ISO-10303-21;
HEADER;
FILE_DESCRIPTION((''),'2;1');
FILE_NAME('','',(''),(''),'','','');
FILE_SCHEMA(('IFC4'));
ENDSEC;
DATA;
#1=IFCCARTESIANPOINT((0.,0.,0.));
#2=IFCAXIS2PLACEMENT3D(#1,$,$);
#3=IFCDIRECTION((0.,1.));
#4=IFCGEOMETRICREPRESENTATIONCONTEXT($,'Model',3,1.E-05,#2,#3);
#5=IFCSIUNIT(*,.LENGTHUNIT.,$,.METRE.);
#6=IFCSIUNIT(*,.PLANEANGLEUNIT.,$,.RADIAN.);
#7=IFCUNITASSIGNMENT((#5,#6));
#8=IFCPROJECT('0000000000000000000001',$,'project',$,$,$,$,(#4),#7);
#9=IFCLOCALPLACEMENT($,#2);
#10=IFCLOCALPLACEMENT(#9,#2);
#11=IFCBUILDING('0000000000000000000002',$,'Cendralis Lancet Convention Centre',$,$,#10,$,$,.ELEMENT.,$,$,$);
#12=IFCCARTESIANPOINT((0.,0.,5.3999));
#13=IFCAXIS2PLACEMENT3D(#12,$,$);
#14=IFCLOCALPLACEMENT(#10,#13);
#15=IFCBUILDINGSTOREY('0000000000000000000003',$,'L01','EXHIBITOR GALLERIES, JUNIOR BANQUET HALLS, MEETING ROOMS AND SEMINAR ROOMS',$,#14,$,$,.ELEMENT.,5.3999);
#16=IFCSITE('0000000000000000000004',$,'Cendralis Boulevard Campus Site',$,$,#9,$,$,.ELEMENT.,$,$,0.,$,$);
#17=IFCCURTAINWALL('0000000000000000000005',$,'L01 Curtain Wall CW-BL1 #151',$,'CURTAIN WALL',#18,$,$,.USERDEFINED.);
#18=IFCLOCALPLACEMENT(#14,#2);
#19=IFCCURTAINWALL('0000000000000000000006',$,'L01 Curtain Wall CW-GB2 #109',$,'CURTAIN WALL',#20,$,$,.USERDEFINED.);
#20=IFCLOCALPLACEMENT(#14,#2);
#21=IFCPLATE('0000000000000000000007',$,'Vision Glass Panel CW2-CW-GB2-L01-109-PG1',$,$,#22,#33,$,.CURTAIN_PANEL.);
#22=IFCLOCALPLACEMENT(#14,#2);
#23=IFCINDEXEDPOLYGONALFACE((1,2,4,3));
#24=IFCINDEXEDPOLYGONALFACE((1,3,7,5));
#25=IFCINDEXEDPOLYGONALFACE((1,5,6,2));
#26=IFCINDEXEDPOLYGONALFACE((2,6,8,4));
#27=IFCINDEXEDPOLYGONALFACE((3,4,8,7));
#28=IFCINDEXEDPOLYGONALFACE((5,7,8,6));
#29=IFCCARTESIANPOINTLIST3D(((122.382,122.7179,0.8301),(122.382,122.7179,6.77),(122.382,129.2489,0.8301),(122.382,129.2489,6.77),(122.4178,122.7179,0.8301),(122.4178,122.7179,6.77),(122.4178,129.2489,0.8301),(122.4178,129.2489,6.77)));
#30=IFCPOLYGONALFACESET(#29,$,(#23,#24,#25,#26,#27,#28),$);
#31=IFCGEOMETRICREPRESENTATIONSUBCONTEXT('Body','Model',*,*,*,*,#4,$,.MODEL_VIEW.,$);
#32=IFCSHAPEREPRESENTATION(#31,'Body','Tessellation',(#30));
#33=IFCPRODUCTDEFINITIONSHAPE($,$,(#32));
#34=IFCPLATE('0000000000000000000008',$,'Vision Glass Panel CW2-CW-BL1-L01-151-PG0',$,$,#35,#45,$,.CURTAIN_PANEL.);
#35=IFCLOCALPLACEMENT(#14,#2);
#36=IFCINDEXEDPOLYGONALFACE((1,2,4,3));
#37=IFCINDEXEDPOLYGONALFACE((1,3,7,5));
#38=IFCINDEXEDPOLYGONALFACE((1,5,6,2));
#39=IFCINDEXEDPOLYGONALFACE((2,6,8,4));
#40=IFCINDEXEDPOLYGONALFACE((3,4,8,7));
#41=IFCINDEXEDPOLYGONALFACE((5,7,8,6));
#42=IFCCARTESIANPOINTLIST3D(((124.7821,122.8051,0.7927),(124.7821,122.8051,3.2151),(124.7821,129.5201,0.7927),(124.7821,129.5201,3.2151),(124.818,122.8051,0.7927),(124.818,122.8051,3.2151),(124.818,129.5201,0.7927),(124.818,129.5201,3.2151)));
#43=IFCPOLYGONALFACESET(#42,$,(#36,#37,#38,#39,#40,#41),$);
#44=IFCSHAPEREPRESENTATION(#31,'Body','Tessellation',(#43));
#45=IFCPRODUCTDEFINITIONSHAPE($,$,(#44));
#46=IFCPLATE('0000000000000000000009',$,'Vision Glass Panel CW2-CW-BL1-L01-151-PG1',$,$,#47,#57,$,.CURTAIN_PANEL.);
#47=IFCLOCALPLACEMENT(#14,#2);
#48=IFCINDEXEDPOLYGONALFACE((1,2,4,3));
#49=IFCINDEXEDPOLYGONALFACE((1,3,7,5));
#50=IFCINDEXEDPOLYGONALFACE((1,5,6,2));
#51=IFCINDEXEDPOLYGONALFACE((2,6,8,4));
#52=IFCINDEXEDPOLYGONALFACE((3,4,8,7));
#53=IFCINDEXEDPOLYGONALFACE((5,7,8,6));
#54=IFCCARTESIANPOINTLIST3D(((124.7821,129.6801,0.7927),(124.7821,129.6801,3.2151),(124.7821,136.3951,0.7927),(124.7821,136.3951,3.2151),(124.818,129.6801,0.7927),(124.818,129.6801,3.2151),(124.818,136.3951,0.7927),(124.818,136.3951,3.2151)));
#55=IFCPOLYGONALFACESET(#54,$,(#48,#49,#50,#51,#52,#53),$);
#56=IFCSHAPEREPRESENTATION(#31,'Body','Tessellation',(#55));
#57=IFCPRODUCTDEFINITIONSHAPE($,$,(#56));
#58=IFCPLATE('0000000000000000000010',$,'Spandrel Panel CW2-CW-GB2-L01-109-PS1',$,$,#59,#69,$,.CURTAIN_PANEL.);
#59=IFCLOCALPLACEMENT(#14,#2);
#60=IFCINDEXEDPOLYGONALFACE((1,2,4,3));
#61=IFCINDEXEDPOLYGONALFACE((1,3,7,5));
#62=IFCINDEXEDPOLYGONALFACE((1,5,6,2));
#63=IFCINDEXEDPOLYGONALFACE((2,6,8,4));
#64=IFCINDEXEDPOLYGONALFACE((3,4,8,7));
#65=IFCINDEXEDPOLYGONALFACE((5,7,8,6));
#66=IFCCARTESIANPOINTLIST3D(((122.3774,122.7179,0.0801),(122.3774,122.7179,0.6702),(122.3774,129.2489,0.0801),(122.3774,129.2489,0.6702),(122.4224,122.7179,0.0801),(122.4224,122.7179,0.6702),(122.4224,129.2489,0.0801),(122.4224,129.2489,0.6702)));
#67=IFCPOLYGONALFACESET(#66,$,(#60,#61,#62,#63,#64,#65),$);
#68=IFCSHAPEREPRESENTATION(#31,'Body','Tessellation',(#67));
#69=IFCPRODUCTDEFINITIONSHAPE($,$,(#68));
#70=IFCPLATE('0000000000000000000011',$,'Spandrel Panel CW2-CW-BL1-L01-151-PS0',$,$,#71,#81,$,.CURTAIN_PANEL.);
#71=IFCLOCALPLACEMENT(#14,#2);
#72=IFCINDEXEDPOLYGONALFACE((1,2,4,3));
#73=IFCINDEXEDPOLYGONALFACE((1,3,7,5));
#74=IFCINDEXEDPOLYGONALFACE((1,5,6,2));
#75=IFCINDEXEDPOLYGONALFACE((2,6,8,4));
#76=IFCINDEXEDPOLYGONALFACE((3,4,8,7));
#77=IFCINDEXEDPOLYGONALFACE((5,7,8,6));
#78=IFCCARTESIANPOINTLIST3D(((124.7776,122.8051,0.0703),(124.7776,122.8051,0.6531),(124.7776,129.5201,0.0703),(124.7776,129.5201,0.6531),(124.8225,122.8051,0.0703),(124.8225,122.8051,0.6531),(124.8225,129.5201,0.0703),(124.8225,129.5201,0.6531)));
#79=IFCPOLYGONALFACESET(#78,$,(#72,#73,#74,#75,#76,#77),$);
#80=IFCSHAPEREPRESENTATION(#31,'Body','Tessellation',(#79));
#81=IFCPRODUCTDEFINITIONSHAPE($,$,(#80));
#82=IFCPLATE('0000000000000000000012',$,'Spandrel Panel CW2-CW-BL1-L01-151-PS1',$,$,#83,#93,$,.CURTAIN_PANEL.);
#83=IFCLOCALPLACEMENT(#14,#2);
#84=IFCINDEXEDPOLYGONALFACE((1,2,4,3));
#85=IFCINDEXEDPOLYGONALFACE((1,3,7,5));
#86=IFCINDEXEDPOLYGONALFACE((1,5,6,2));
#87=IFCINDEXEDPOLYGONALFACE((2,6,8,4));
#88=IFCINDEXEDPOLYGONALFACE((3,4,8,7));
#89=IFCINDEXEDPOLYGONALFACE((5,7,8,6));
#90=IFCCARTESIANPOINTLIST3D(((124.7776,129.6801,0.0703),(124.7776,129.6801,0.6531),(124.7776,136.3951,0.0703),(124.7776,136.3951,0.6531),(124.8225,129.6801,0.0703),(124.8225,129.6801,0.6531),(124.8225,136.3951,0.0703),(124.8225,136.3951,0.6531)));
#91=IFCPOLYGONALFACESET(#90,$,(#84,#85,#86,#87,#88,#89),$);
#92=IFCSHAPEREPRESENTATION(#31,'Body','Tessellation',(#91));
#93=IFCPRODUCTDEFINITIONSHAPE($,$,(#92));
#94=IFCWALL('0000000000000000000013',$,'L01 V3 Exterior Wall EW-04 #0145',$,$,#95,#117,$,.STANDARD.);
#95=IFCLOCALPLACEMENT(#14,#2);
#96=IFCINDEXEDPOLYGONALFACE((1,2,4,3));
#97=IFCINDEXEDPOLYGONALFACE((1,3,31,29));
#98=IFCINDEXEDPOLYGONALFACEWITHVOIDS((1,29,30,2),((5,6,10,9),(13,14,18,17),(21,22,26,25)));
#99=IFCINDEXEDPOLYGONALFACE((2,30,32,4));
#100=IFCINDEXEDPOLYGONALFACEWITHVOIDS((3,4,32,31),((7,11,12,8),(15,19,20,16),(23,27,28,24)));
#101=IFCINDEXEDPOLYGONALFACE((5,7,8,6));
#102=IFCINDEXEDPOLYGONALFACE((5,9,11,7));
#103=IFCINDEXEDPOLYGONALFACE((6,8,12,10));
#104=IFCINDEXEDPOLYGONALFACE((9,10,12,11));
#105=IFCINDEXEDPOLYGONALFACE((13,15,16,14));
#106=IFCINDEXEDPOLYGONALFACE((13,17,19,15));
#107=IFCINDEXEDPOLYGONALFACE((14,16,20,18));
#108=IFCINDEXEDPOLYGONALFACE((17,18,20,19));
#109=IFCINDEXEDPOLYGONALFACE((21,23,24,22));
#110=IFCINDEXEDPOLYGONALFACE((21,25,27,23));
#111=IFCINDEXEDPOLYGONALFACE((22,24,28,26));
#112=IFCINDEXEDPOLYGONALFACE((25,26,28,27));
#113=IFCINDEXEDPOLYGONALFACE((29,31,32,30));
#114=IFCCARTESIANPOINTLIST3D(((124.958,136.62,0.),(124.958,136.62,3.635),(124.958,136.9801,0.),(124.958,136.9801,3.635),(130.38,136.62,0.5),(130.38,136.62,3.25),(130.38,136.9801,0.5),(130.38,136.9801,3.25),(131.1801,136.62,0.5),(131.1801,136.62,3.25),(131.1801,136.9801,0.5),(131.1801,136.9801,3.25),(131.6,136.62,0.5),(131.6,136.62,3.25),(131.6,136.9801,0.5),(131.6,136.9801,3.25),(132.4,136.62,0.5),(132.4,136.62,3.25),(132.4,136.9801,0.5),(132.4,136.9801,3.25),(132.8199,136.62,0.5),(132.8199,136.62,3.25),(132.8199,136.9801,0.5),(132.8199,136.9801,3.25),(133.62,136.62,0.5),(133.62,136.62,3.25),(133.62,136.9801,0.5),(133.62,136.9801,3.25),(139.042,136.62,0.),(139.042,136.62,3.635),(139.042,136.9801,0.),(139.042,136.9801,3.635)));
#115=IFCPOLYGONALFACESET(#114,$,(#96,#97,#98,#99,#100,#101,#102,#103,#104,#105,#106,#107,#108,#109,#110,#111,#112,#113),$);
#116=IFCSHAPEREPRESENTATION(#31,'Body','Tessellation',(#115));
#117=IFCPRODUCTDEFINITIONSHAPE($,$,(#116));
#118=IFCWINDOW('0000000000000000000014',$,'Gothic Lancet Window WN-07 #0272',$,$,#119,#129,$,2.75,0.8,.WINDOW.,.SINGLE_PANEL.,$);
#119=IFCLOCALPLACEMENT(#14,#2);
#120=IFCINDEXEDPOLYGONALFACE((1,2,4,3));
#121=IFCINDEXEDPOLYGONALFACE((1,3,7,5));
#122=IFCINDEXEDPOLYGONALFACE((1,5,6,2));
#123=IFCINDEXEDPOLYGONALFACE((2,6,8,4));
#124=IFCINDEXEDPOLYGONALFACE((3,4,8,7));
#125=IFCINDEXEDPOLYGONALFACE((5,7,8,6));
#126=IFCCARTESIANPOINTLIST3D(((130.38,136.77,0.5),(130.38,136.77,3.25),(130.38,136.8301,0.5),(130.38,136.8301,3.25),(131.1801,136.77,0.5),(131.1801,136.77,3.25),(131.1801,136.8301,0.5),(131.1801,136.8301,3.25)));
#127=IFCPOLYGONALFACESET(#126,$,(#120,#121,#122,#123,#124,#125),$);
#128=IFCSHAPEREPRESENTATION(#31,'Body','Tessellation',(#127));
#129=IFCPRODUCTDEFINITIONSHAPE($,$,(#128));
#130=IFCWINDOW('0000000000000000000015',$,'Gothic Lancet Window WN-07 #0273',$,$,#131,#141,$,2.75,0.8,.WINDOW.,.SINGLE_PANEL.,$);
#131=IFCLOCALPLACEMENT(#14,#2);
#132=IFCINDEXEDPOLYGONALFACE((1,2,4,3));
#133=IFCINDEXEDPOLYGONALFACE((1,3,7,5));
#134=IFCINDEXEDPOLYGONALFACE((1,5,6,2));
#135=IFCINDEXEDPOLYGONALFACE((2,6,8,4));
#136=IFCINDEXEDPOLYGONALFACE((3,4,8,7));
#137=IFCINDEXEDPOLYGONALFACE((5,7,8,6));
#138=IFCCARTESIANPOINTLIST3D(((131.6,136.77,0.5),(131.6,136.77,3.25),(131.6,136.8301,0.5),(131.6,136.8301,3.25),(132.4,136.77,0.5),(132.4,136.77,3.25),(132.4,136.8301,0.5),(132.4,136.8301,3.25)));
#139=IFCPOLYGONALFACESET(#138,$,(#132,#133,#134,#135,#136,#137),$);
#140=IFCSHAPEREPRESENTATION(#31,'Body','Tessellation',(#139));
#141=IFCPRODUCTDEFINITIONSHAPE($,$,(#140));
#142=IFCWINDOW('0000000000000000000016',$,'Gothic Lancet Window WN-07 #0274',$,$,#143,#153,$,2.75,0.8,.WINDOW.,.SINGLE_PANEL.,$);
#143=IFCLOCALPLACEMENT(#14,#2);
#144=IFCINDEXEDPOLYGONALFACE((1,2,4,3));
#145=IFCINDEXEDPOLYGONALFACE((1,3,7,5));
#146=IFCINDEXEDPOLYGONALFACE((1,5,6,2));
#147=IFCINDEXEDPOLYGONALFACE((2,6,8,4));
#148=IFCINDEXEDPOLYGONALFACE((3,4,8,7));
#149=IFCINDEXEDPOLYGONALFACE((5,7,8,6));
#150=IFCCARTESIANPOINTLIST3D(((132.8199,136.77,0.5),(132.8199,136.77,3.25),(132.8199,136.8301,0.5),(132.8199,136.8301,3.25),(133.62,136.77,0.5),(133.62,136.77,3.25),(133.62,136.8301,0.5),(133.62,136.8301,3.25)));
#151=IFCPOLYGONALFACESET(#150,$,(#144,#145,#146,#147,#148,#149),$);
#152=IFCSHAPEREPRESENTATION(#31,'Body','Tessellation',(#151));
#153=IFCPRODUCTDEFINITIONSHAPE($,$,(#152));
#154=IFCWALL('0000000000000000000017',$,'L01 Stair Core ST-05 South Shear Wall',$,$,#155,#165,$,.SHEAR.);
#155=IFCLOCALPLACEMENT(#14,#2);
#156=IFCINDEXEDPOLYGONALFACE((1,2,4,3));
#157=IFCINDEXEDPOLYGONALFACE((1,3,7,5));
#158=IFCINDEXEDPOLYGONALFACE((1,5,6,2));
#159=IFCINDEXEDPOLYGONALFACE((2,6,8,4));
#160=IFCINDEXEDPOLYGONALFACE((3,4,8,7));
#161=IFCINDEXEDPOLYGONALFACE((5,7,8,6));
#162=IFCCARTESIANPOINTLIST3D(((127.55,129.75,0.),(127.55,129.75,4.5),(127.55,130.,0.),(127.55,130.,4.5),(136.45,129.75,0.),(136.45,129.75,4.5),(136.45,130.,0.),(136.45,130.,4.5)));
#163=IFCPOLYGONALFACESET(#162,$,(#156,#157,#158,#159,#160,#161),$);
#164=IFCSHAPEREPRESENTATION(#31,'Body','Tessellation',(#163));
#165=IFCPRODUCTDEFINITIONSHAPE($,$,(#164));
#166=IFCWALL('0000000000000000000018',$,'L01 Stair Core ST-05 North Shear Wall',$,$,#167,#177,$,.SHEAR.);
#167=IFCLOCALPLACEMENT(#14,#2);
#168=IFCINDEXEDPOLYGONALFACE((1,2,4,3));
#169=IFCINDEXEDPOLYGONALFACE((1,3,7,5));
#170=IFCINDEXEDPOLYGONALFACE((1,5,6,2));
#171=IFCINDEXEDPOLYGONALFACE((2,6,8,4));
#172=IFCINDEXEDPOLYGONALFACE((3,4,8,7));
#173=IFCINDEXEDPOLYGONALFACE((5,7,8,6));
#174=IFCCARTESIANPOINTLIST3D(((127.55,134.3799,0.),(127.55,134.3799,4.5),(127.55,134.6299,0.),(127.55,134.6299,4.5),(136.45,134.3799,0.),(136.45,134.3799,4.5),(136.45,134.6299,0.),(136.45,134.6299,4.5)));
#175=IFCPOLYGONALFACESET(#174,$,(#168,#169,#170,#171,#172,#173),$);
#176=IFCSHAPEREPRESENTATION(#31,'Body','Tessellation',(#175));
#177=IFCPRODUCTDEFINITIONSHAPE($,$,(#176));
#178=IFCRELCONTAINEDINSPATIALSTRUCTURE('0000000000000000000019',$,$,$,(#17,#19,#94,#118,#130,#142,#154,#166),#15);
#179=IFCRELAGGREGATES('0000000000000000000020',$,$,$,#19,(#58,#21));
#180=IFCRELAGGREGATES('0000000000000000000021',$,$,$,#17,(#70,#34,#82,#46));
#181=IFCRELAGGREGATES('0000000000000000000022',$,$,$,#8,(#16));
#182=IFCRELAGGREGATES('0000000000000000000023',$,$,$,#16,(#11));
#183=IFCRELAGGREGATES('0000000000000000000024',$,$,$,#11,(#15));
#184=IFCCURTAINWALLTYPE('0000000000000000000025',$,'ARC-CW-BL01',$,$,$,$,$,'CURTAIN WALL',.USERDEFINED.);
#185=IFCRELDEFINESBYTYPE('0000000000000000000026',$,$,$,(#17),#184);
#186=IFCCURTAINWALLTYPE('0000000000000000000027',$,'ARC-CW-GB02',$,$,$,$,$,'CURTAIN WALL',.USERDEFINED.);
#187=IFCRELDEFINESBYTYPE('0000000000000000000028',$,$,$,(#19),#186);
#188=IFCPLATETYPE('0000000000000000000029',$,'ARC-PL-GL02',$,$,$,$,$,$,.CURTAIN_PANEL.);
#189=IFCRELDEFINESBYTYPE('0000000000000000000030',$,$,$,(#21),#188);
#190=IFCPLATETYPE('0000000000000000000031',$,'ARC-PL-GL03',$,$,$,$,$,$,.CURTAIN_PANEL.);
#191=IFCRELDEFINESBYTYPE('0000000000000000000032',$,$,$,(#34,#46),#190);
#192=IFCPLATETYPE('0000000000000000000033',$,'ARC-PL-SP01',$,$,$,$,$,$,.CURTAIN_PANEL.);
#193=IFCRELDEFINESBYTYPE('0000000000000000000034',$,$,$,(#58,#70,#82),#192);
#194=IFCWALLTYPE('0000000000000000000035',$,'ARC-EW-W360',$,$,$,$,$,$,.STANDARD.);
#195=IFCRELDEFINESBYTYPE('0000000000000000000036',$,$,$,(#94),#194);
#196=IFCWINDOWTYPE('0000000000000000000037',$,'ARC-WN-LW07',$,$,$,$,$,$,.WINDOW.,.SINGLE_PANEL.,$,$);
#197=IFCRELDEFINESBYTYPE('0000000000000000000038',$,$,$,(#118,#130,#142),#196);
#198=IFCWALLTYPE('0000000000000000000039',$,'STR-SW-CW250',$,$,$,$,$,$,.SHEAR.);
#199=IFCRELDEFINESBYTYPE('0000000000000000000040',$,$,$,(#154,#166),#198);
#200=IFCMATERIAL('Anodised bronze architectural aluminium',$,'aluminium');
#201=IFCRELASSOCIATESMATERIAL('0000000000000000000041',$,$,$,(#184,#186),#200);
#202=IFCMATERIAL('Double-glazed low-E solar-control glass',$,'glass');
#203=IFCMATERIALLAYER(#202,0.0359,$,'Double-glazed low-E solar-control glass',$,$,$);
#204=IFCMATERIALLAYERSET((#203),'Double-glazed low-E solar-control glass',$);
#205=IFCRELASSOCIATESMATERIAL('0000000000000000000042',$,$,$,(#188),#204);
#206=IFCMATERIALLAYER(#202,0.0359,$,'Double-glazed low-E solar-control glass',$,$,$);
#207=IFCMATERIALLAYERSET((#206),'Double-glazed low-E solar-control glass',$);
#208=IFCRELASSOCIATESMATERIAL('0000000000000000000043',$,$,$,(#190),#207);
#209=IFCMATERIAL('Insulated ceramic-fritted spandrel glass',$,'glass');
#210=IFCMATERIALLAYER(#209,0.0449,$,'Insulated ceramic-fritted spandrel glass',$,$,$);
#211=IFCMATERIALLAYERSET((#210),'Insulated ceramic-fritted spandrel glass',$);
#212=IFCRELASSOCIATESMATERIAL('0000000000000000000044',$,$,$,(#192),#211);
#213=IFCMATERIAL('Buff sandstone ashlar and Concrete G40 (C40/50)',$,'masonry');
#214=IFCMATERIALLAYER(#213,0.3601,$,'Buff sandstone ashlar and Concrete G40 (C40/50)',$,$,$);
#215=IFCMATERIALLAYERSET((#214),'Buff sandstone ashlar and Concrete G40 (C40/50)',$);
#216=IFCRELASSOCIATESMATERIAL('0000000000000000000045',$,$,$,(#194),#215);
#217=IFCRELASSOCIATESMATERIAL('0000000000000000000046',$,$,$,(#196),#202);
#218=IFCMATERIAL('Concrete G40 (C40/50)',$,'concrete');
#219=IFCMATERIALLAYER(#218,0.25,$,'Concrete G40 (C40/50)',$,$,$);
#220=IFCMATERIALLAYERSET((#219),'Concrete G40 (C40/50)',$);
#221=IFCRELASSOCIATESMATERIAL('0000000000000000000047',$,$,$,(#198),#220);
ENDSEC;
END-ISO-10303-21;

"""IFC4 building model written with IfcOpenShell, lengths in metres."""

from ifc_helpers import new_model, si_unit, direction, frame, frame_2d, origin, origin_2d, place, context, subcontext, project, spatial, rectangle, extrude, material, layer, layer_set, type_object, element, fill, aggregate, save


model = new_model("IFC4")

# Units and contexts
model_context = context("Model", 3, precision=1e-05, world=origin(), true_north=direction((0.0, 1.0)))
body_context = subcontext(model_context, "Body", "Model", "MODEL_VIEW")
ifc_project = project(units=[si_unit("LENGTHUNIT", "METRE"), si_unit("PLANEANGLEUNIT", "RADIAN")], contexts=[model_context])

# Site, building, storey
site_placement = place(None, origin())
site = spatial("IfcSite", under=ifc_project, at=site_placement, Name="Cendralis Boulevard Campus Site", CompositionType="ELEMENT", RefElevation=0.0)
building_placement = place(site_placement, origin())
building = spatial("IfcBuilding", under=site, at=building_placement, Name="Cendralis Lancet Convention Centre", CompositionType="ELEMENT")
storey_placement = place(building_placement, frame((0.0, 0.0, 5.3999)))
storey = spatial("IfcBuildingStorey", under=building, at=storey_placement, Name="L01", Description="EXHIBITOR GALLERIES, JUNIOR BANQUET HALLS, MEETING ROOMS AND SEMINAR ROOMS", CompositionType="ELEMENT", Elevation=5.3999)

# Curtain wall
ifc_material_1 = material(Name="Anodised bronze architectural aluminium", Category="aluminium")
curtain_wall_type_1 = type_object("IfcCurtainWallType", Name="ARC-CW-BL01", ElementType="CURTAIN WALL", PredefinedType="USERDEFINED", material=ifc_material_1)
curtain_wall_1_placement = place(storey_placement, origin())
curtain_wall_1 = element("IfcCurtainWall", 1, at=curtain_wall_1_placement, inside=storey, type_object=curtain_wall_type_1, Name="L01 Curtain Wall CW-BL1 #151", ObjectType="CURTAIN WALL", PredefinedType="USERDEFINED")

# Shared definitions
ifc_material_2 = material(Name="Concrete G40 (C40/50)", Category="concrete")

# Curtain wall, plate
curtain_wall_type_2 = type_object("IfcCurtainWallType", Name="ARC-CW-GB02", ElementType="CURTAIN WALL", PredefinedType="USERDEFINED", material=ifc_material_1)
curtain_wall_2_placement = place(storey_placement, origin())
curtain_wall_2 = element("IfcCurtainWall", 2, at=curtain_wall_2_placement, inside=storey, type_object=curtain_wall_type_2, Name="L01 Curtain Wall CW-GB2 #109", ObjectType="CURTAIN WALL", PredefinedType="USERDEFINED")
ifc_material_3 = material(Name="Double-glazed low-E solar-control glass", Category="glass")
ifc_layer_1 = layer(ifc_material_3, 0.0359, Name="Double-glazed low-E solar-control glass")
ifc_layer_set_1 = layer_set([ifc_layer_1], Name="Double-glazed low-E solar-control glass")
plate_type_1 = type_object("IfcPlateType", Name="ARC-PL-GL02", PredefinedType="CURTAIN_PANEL", material=ifc_layer_set_1)
plate_1_placement = place(storey_placement, frame((122.3999, 125.9834, 0.8301), z_axis=(0.0, 0.0, 1.0), x_axis=(0.0, -1.0, 0.0)))
plate_1 = element("IfcPlate", 3, at=plate_1_placement, type_object=plate_type_1, Name="Vision Glass Panel CW2-CW-GB2-L01-109-PG1", PredefinedType="CURTAIN_PANEL", context=body_context, shape_type="SweptSolid", body=[
    extrude(rectangle(XDim=6.531, YDim=0.0359, at=origin_2d()), origin(), (0.0, 0.0, 1.0), 5.9399),
])

# Plates
ifc_layer_2 = layer(ifc_material_3, 0.0359, Name="Double-glazed low-E solar-control glass")
ifc_layer_set_2 = layer_set([ifc_layer_2], Name="Double-glazed low-E solar-control glass")
plate_type_2 = type_object("IfcPlateType", Name="ARC-PL-GL03", PredefinedType="CURTAIN_PANEL", material=ifc_layer_set_2)
plate_2_placement = place(storey_placement, frame((124.8, 126.1626, 0.7927), z_axis=(0.0, 0.0, 1.0), x_axis=(0.0, 1.0, 0.0)))
plate_2 = element("IfcPlate", 4, at=plate_2_placement, type_object=plate_type_2, Name="Vision Glass Panel CW2-CW-BL1-L01-151-PG0", PredefinedType="CURTAIN_PANEL", context=body_context, shape_type="SweptSolid", body=[
    extrude(rectangle(XDim=6.7151, YDim=0.0359, at=origin_2d()), origin(), (0.0, 0.0, 1.0), 2.4224),
])
plate_3_placement = place(storey_placement, frame((124.8, 133.0376, 0.7927), z_axis=(0.0, 0.0, 1.0), x_axis=(0.0, 1.0, 0.0)))
plate_3 = element("IfcPlate", 5, at=plate_3_placement, type_object=plate_type_2, Name="Vision Glass Panel CW2-CW-BL1-L01-151-PG1", PredefinedType="CURTAIN_PANEL", context=body_context, shape_type="SweptSolid", body=[
    extrude(rectangle(XDim=6.7151, YDim=0.0359, at=origin_2d()), origin(), (0.0, 0.0, 1.0), 2.4224),
])
ifc_material_4 = material(Name="Insulated ceramic-fritted spandrel glass", Category="glass")
ifc_layer_3 = layer(ifc_material_4, 0.0449, Name="Insulated ceramic-fritted spandrel glass")
ifc_layer_set_3 = layer_set([ifc_layer_3], Name="Insulated ceramic-fritted spandrel glass")
plate_type_3 = type_object("IfcPlateType", Name="ARC-PL-SP01", PredefinedType="CURTAIN_PANEL", material=ifc_layer_set_3)
plate_4_placement = place(storey_placement, frame((122.3999, 125.9834, 0.0801), z_axis=(0.0, 0.0, 1.0), x_axis=(0.0, -1.0, 0.0)))
plate_4 = element("IfcPlate", 6, at=plate_4_placement, type_object=plate_type_3, Name="Spandrel Panel CW2-CW-GB2-L01-109-PS1", PredefinedType="CURTAIN_PANEL", context=body_context, shape_type="SweptSolid", body=[
    extrude(rectangle(XDim=6.531, YDim=0.0449, at=origin_2d()), origin(), (0.0, 0.0, 1.0), 0.5901),
])
aggregate(curtain_wall_2, [plate_4, plate_1])
plate_5_placement = place(storey_placement, frame((124.8, 126.1626, 0.0703), z_axis=(0.0, 0.0, 1.0), x_axis=(0.0, 1.0, 0.0)))
plate_5 = element("IfcPlate", 7, at=plate_5_placement, type_object=plate_type_3, Name="Spandrel Panel CW2-CW-BL1-L01-151-PS0", PredefinedType="CURTAIN_PANEL", context=body_context, shape_type="SweptSolid", body=[
    extrude(rectangle(XDim=6.7151, YDim=0.0449, at=origin_2d()), origin(), (0.0, 0.0, 1.0), 0.5828),
])
plate_6_placement = place(storey_placement, frame((124.8, 133.0376, 0.0703), z_axis=(0.0, 0.0, 1.0), x_axis=(0.0, 1.0, 0.0)))
plate_6 = element("IfcPlate", 8, at=plate_6_placement, type_object=plate_type_3, Name="Spandrel Panel CW2-CW-BL1-L01-151-PS1", PredefinedType="CURTAIN_PANEL", context=body_context, shape_type="SweptSolid", body=[
    extrude(rectangle(XDim=6.7151, YDim=0.0449, at=origin_2d()), origin(), (0.0, 0.0, 1.0), 0.5828),
])
aggregate(curtain_wall_1, [plate_5, plate_2, plate_6, plate_3])

# Wall, openings, windows
ifc_material_5 = material(Name="Buff sandstone ashlar and Concrete G40 (C40/50)", Category="masonry")
ifc_layer_4 = layer(ifc_material_5, 0.3601, Name="Buff sandstone ashlar and Concrete G40 (C40/50)")
ifc_layer_set_4 = layer_set([ifc_layer_4], Name="Buff sandstone ashlar and Concrete G40 (C40/50)")
wall_type_1 = type_object("IfcWallType", Name="ARC-EW-W360", PredefinedType="STANDARD", material=ifc_layer_set_4)
wall_1_placement = place(storey_placement, frame((124.958, 136.8, 0.0), z_axis=(0.0, 0.0, 1.0), x_axis=(1.0, 0.0, 0.0)))
wall_1 = element("IfcWall", 9, at=wall_1_placement, inside=storey, type_object=wall_type_1, Name="L01 V3 Exterior Wall EW-04 #0145", PredefinedType="STANDARD", context=body_context, shape_type="SweptSolid", body=[
    extrude(rectangle(XDim=14.084, YDim=0.3601, at=frame_2d((7.042, 0.0))), origin(), (0.0, 0.0, 1.0), 3.635),
])
opening_1_placement = place(wall_1_placement, frame((5.4221, 0.0, 0.5)))
opening_1 = element("IfcOpeningElement", 10, at=opening_1_placement, cuts=wall_1, PredefinedType="OPENING", context=body_context, shape_type="SweptSolid", body=[
    extrude(rectangle(XDim=0.8, YDim=2.75, at=frame_2d((0.3999, 1.375))), frame((0.0, 0.1899, 0.0), z_axis=(0.0, -1.0, 0.0), x_axis=(1.0, 0.0, 0.0)), (0.0, 0.0, 1.0), 0.3801),
])
opening_2_placement = place(wall_1_placement, frame((6.6421, 0.0, 0.5)))
opening_2 = element("IfcOpeningElement", 11, at=opening_2_placement, cuts=wall_1, PredefinedType="OPENING", context=body_context, shape_type="SweptSolid", body=[
    extrude(rectangle(XDim=0.8, YDim=2.75, at=frame_2d((0.3999, 1.375))), frame((0.0, 0.1899, 0.0), z_axis=(0.0, -1.0, 0.0), x_axis=(1.0, 0.0, 0.0)), (0.0, 0.0, 1.0), 0.3801),
])
opening_3_placement = place(wall_1_placement, frame((7.8621, 0.0, 0.5)))
opening_3 = element("IfcOpeningElement", 12, at=opening_3_placement, cuts=wall_1, PredefinedType="OPENING", context=body_context, shape_type="SweptSolid", body=[
    extrude(rectangle(XDim=0.8, YDim=2.75, at=frame_2d((0.3999, 1.375))), frame((0.0, 0.1899, 0.0), z_axis=(0.0, -1.0, 0.0), x_axis=(1.0, 0.0, 0.0)), (0.0, 0.0, 1.0), 0.3801),
])
window_type = type_object("IfcWindowType", Name="ARC-WN-LW07", PartitioningType="SINGLE_PANEL", PredefinedType="WINDOW", material=ifc_material_3)
window_1_placement = place(opening_1_placement, origin())
window_1 = element("IfcWindow", 13, at=window_1_placement, inside=storey, type_object=window_type, Name="Gothic Lancet Window WN-07 #0272", OverallHeight=2.75, OverallWidth=0.8, PartitioningType="SINGLE_PANEL", PredefinedType="WINDOW", context=body_context, shape_type="SweptSolid", body=[
    extrude(rectangle(XDim=0.8, YDim=2.75, at=frame_2d((0.3999, 1.375))), frame((0.0, 0.03, 0.0), z_axis=(0.0, -1.0, 0.0), x_axis=(1.0, 0.0, 0.0)), (0.0, 0.0, 1.0), 0.0601),
])
fill(opening_1, window_1)
window_2_placement = place(opening_2_placement, origin())
window_2 = element("IfcWindow", 14, at=window_2_placement, inside=storey, type_object=window_type, Name="Gothic Lancet Window WN-07 #0273", OverallHeight=2.75, OverallWidth=0.8, PartitioningType="SINGLE_PANEL", PredefinedType="WINDOW", context=body_context, shape_type="SweptSolid", body=[
    extrude(rectangle(XDim=0.8, YDim=2.75, at=frame_2d((0.3999, 1.375))), frame((0.0, 0.03, 0.0), z_axis=(0.0, -1.0, 0.0), x_axis=(1.0, 0.0, 0.0)), (0.0, 0.0, 1.0), 0.0601),
])
fill(opening_2, window_2)
window_3_placement = place(opening_3_placement, origin())
window_3 = element("IfcWindow", 15, at=window_3_placement, inside=storey, type_object=window_type, Name="Gothic Lancet Window WN-07 #0274", OverallHeight=2.75, OverallWidth=0.8, PartitioningType="SINGLE_PANEL", PredefinedType="WINDOW", context=body_context, shape_type="SweptSolid", body=[
    extrude(rectangle(XDim=0.8, YDim=2.75, at=frame_2d((0.3999, 1.375))), frame((0.0, 0.03, 0.0), z_axis=(0.0, -1.0, 0.0), x_axis=(1.0, 0.0, 0.0)), (0.0, 0.0, 1.0), 0.0601),
])
fill(opening_3, window_3)

# Shared definitions
ifc_layer_5 = layer(ifc_material_2, 0.25, Name="Concrete G40 (C40/50)")
ifc_layer_set_5 = layer_set([ifc_layer_5], Name="Concrete G40 (C40/50)")
wall_type_2 = type_object("IfcWallType", Name="STR-SW-CW250", PredefinedType="SHEAR", material=ifc_layer_set_5)

# Walls
for number, where, z_axis, x_axis, name in (
    (16, (127.55, 129.875, 0.0), (0.0, 0.0, 1.0), (1.0, 0.0, 0.0), "L01 Stair Core ST-05 South Shear Wall"),
    (17, (127.55, 134.5049, 0.0), (0.0, 0.0, 1.0), (1.0, 0.0, 0.0), "L01 Stair Core ST-05 North Shear Wall"),
):
    element("IfcWall", number, at=place(storey_placement, frame(where, z_axis=z_axis, x_axis=x_axis)), inside=storey, type_object=wall_type_2, Name=name, PredefinedType="SHEAR", context=body_context, shape_type="SweptSolid", body=[
        extrude(rectangle(XDim=8.8999, YDim=0.25, at=frame_2d((4.45, 0.0))), origin(), (0.0, 0.0, 1.0), 4.5),
    ])

save(model, "model.ifc")
